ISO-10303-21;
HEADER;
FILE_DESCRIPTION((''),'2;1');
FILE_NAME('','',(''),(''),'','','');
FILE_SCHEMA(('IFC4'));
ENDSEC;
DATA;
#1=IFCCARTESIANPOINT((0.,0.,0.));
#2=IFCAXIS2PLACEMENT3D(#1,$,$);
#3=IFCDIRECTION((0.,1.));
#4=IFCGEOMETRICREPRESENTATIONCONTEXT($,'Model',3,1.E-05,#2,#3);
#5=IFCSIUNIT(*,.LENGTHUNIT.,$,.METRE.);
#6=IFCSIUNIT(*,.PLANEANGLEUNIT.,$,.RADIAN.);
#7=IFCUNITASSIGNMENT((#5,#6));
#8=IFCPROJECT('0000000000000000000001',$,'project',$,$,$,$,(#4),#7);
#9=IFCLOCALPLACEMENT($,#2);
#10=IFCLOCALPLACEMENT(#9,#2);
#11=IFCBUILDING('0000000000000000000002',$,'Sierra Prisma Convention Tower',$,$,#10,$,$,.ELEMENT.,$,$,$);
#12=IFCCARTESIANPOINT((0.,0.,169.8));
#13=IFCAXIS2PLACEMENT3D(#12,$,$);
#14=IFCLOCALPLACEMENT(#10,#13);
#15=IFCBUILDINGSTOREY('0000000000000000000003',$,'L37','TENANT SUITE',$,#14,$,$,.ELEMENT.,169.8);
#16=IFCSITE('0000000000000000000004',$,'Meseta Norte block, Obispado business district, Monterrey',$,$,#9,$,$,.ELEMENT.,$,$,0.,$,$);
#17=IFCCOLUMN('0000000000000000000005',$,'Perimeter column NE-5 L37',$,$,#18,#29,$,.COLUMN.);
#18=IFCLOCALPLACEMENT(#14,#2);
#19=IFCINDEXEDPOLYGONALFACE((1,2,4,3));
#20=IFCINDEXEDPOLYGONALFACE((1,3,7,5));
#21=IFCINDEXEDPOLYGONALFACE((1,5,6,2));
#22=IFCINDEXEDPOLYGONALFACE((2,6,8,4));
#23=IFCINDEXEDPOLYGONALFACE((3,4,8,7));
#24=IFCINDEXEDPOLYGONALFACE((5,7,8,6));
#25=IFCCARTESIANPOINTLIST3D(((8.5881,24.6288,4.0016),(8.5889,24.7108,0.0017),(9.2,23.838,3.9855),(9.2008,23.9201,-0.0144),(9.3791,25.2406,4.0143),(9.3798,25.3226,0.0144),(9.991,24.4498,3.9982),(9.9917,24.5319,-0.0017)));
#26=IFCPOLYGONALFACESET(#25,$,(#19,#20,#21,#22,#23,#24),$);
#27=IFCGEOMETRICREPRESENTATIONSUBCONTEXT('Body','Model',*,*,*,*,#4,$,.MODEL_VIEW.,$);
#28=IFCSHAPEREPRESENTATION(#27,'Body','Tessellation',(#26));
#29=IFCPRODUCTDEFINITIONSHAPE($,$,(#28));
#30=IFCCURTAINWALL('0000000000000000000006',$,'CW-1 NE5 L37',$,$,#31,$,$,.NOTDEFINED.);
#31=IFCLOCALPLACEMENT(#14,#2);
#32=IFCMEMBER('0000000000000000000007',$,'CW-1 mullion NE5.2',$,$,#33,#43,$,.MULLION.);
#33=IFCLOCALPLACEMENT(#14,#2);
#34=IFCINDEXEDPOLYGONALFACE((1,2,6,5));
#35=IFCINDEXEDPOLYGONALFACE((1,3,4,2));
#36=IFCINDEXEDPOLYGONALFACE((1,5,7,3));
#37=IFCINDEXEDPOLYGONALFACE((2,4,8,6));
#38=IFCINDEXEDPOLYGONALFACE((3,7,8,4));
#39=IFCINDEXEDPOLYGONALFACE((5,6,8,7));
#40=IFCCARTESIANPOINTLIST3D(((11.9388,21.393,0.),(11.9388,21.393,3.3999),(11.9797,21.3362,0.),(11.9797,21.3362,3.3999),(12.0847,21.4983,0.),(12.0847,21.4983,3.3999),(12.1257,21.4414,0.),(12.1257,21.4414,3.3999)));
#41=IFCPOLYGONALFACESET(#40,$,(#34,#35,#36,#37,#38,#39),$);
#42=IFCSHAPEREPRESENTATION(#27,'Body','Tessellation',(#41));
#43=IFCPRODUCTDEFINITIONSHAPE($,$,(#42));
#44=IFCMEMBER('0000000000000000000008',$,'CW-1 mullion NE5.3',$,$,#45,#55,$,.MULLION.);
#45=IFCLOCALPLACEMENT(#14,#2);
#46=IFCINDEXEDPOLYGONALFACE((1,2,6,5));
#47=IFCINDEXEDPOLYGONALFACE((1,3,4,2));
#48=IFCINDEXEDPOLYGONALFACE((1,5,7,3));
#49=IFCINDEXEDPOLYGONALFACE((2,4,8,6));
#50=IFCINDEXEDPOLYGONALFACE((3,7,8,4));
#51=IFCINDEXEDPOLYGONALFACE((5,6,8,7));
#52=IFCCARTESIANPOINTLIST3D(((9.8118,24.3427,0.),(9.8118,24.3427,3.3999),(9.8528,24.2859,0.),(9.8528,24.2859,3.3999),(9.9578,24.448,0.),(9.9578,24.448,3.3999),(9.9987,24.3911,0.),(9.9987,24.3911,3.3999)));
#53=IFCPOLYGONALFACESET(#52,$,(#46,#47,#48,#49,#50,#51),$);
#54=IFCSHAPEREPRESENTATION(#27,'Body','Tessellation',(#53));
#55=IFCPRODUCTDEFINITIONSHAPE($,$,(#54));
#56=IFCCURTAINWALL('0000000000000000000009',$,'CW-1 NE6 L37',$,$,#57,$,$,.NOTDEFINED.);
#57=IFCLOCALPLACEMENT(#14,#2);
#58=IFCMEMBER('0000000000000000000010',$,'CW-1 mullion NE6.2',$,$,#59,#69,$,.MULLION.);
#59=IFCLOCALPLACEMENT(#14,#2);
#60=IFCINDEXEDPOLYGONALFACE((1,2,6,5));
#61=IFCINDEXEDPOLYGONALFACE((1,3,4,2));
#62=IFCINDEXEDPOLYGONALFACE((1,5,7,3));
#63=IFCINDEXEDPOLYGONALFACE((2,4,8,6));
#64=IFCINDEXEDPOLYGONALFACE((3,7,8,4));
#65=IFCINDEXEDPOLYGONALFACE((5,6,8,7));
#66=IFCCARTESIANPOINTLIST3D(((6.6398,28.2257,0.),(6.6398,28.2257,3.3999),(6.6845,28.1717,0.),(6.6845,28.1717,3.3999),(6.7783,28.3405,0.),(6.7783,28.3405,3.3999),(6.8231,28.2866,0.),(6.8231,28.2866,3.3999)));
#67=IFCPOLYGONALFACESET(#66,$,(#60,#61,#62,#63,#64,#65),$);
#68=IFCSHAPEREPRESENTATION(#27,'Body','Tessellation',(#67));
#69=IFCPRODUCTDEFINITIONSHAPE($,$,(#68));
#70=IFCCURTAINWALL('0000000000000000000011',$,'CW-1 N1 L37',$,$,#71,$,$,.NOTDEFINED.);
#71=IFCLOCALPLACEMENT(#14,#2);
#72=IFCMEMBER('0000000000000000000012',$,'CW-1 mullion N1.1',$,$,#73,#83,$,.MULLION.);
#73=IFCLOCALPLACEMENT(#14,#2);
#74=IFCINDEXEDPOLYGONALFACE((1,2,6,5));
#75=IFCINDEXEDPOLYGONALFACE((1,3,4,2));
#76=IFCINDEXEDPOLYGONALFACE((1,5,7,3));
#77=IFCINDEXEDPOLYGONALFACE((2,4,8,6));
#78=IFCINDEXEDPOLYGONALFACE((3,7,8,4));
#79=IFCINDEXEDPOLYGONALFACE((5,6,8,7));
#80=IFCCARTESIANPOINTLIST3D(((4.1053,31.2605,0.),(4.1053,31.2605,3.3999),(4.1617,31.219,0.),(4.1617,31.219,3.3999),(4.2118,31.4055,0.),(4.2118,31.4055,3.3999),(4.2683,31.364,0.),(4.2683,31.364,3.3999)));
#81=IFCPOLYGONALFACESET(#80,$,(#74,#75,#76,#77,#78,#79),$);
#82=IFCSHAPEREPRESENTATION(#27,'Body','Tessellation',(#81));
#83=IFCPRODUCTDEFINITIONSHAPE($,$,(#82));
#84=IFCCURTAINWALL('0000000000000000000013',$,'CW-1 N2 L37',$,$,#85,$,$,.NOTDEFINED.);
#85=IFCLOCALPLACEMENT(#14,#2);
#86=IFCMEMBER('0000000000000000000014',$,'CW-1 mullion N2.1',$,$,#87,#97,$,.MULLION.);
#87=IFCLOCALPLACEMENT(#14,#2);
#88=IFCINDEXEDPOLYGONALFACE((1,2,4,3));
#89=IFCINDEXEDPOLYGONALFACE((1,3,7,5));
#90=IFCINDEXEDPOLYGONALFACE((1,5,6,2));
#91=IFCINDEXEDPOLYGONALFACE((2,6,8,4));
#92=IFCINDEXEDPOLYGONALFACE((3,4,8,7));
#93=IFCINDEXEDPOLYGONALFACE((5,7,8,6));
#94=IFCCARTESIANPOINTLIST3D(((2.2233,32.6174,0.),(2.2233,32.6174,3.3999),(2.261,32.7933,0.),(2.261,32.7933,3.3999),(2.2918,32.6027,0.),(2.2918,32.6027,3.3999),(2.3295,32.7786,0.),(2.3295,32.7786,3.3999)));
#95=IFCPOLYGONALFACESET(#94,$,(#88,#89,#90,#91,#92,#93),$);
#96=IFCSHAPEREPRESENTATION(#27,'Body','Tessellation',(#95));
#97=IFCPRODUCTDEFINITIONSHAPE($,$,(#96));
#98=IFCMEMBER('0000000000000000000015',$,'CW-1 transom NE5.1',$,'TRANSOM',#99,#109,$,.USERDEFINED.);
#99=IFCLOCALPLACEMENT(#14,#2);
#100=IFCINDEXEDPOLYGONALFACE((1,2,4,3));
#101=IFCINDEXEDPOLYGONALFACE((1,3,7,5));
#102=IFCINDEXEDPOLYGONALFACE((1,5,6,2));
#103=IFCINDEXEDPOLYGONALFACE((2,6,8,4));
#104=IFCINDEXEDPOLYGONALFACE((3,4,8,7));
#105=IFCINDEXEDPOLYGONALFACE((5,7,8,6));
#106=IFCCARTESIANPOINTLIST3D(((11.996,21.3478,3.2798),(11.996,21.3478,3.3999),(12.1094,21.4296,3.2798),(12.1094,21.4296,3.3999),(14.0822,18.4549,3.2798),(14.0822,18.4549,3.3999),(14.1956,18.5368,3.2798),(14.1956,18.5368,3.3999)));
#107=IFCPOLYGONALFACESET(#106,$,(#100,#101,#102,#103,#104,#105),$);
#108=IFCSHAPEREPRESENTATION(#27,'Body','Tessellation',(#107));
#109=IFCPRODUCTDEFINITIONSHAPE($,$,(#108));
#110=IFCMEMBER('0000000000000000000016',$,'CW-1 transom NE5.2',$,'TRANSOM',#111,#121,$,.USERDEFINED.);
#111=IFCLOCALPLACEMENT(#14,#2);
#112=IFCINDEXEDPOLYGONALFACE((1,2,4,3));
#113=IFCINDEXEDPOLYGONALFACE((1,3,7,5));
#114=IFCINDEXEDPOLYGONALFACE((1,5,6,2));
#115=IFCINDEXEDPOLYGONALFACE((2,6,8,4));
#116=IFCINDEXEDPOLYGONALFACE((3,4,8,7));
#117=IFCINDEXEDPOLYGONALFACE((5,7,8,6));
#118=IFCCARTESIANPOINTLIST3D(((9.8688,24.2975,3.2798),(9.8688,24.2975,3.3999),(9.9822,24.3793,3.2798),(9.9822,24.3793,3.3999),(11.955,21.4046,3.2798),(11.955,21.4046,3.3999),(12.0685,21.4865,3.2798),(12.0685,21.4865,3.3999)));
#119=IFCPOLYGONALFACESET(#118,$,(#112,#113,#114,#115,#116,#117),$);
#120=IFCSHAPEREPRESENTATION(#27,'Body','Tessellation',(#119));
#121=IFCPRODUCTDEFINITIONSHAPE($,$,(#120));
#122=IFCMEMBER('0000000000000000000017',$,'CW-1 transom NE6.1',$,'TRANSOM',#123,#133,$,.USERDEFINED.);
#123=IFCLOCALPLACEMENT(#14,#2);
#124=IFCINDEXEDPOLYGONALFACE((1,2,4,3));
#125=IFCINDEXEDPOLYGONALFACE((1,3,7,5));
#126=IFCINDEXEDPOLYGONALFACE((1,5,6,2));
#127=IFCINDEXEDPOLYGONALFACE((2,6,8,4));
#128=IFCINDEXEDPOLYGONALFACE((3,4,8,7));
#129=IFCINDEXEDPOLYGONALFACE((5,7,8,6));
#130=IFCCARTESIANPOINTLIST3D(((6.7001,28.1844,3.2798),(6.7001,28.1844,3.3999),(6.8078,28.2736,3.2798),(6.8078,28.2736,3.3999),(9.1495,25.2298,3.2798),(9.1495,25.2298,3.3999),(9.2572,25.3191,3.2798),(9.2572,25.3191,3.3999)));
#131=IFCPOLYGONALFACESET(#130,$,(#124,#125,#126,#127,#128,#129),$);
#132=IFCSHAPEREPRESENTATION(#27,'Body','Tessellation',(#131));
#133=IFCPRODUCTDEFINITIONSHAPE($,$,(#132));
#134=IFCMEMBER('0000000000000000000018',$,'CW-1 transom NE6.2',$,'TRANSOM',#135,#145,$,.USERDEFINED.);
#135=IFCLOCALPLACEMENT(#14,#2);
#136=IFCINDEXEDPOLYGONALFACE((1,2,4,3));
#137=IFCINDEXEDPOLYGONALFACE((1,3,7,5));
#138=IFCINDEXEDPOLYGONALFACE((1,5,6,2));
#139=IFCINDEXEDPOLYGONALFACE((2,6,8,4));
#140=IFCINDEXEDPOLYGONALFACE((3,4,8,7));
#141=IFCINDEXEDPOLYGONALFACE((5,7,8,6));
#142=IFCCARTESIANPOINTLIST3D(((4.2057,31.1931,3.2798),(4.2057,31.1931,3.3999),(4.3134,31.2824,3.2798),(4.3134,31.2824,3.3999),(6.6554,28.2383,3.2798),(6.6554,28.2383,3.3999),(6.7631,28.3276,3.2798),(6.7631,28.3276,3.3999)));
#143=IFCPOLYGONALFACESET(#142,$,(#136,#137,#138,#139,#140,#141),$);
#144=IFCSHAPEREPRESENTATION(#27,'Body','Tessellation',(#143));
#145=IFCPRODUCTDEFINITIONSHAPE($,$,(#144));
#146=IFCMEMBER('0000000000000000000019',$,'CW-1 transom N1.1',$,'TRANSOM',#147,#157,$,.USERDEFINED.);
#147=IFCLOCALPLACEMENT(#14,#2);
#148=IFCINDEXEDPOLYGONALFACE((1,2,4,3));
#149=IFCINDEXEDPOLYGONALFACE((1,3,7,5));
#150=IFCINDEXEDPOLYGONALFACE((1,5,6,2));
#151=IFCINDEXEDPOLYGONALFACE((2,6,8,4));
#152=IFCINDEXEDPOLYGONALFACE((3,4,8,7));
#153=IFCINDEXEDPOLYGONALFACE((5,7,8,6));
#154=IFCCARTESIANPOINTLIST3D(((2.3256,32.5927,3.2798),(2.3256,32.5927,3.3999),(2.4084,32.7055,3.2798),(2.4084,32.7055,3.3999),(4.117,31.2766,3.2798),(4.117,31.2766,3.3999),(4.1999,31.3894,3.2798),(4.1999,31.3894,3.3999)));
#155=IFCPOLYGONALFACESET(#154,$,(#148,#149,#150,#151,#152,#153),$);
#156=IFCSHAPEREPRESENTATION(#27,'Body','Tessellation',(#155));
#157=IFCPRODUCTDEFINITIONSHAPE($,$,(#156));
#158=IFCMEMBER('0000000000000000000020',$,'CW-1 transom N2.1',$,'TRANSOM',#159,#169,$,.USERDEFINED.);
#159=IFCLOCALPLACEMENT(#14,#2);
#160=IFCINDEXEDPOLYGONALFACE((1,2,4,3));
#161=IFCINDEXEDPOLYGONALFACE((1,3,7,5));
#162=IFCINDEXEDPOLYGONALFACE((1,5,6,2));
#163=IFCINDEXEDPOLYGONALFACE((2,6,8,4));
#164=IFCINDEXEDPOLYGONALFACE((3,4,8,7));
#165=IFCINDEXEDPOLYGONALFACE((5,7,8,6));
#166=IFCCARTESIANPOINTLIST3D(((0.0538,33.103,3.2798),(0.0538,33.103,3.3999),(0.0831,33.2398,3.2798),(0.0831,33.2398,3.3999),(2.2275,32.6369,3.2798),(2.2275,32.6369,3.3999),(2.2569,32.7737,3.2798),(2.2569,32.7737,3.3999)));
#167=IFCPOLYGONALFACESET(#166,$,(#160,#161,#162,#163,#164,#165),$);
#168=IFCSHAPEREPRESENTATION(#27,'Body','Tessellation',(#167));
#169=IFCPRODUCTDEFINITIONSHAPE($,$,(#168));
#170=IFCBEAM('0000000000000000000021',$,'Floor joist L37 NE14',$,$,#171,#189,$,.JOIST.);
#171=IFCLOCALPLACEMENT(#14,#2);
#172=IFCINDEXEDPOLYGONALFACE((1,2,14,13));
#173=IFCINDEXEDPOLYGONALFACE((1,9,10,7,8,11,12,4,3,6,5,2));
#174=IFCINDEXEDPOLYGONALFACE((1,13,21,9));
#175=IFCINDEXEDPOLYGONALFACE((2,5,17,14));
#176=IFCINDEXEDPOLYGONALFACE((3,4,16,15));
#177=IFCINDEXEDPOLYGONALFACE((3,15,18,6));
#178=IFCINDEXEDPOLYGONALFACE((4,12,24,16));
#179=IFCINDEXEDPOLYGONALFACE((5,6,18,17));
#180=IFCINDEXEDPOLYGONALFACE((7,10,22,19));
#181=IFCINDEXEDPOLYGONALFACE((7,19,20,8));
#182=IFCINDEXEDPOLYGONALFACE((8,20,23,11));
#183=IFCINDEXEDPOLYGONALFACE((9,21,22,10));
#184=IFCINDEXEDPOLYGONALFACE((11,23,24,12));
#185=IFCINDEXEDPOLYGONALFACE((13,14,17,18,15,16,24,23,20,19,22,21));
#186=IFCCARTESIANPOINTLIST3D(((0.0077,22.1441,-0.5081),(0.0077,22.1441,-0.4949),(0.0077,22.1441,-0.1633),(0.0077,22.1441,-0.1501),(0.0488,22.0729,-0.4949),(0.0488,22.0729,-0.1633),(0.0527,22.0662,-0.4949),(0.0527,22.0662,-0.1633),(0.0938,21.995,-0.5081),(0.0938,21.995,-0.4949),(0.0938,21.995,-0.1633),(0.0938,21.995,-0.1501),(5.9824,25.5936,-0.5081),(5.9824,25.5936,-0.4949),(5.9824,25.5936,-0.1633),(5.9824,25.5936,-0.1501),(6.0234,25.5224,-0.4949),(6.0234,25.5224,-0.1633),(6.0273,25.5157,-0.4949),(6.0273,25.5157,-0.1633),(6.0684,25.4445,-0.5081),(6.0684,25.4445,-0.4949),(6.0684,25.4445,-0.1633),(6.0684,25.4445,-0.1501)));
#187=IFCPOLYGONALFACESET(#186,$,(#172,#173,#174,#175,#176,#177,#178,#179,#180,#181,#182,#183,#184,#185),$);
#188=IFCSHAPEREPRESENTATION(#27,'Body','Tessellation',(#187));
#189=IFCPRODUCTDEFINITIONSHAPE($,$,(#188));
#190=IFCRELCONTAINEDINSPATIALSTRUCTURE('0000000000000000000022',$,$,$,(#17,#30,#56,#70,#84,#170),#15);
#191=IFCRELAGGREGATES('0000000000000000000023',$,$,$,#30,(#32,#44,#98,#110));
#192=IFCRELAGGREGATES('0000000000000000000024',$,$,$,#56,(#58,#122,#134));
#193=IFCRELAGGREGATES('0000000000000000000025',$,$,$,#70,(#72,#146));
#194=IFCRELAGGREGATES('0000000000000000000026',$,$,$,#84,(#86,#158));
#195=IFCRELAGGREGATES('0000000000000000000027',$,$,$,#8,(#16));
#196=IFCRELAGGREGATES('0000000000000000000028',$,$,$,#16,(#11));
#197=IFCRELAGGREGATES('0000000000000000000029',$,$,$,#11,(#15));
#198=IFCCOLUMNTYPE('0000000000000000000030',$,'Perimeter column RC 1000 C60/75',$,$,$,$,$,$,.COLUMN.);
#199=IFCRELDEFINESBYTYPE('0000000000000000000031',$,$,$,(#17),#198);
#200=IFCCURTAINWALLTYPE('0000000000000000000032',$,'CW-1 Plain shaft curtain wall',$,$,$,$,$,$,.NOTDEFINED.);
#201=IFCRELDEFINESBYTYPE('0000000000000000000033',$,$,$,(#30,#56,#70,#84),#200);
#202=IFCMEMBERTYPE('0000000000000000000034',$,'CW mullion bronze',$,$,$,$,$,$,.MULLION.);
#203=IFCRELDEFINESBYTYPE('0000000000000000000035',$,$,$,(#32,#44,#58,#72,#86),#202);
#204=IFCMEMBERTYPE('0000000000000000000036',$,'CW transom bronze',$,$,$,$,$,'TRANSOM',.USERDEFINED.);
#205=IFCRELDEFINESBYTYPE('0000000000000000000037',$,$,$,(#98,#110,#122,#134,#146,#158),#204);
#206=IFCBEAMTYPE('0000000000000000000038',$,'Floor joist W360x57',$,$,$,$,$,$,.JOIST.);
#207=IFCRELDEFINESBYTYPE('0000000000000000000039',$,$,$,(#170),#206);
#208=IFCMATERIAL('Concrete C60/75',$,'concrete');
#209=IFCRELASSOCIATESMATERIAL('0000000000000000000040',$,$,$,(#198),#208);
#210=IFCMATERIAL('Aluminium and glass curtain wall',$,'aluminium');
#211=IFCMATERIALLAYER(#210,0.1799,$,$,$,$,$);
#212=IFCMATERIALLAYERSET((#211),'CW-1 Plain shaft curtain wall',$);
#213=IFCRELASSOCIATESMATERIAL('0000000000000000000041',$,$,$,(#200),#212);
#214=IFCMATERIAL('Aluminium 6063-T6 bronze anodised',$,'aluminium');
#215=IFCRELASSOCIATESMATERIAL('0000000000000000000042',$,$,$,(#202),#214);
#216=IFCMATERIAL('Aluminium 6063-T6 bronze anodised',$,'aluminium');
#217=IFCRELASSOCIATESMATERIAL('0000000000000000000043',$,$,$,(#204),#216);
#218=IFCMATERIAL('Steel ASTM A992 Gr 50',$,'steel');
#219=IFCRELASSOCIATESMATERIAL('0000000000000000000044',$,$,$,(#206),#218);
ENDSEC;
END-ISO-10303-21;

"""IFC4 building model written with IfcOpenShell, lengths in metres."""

from ifc_helpers import new_model, si_unit, direction, frame, origin, origin_2d, place, context, subcontext, project, spatial, rectangle, i_section, extrude, material, layer, layer_set, material_profile, profile_set, type_object, element, aggregate, save


model = new_model("IFC4")

# Units and contexts
model_context = context("Model", 3, precision=1e-05, world=origin(), true_north=direction((0.0, 1.0)))
body_context = subcontext(model_context, "Body", "Model", "MODEL_VIEW")
ifc_project = project(units=[si_unit("LENGTHUNIT", "METRE"), si_unit("PLANEANGLEUNIT", "RADIAN")], contexts=[model_context])

# Site, building, storey
site_placement = place(None, origin())
site = spatial("IfcSite", under=ifc_project, at=site_placement, Name="Meseta Norte block, Obispado business district, Monterrey", CompositionType="ELEMENT", RefElevation=0.0)
building_placement = place(site_placement, origin())
building = spatial("IfcBuilding", under=site, at=building_placement, Name="Sierra Prisma Convention Tower", CompositionType="ELEMENT")
storey_placement = place(building_placement, frame((0.0, 0.0, 169.8)))
storey = spatial("IfcBuildingStorey", under=building, at=storey_placement, Name="L37", Description="TENANT SUITE", CompositionType="ELEMENT", Elevation=169.8)

# Column
ifc_material_1 = material(Name="Concrete C60/75", Category="concrete")
ifc_material_profile_1 = material_profile(ifc_material_1, rectangle(XDim=1.0, YDim=1.0, at=origin_2d()), Name="Perimeter column RC 1000 C60/75")
ifc_profile_set_1 = profile_set([ifc_material_profile_1], Name="Concrete C60/75")
column_type = type_object("IfcColumnType", Name="Perimeter column RC 1000 C60/75", PredefinedType="COLUMN", material=ifc_profile_set_1)
column_placement = place(storey_placement, frame((9.2903, 24.6213, 0.0), z_axis=(-0.000183, -0.020504, 0.99979), x_axis=(-0.611916, 0.790758, 0.016105)))
element("IfcColumn", 1, at=column_placement, inside=storey, type_object=column_type, Name="Perimeter column NE-5 L37", PredefinedType="COLUMN", context=body_context, shape_type="SweptSolid", body=[
    extrude(rectangle(XDim=1.0, YDim=1.0, at=origin_2d()), origin(), (0.0, 0.0, 1.0), 4.0007),
])

# Curtain wall, members
ifc_material_2 = material(Name="Aluminium and glass curtain wall", Category="aluminium")
ifc_layer_1 = layer(ifc_material_2, 0.1799)
ifc_layer_set_1 = layer_set([ifc_layer_1], Name="CW-1 Plain shaft curtain wall")
curtain_wall_type = type_object("IfcCurtainWallType", Name="CW-1 Plain shaft curtain wall", PredefinedType="NOTDEFINED", material=ifc_layer_set_1)
curtain_wall_1_placement = place(storey_placement, origin())
curtain_wall_1 = element("IfcCurtainWall", 2, at=curtain_wall_1_placement, inside=storey, type_object=curtain_wall_type, Name="CW-1 NE5 L37", PredefinedType="NOTDEFINED")
ifc_material_3 = material(Name="Aluminium 6063-T6 bronze anodised", Category="aluminium")
ifc_material_profile_2 = material_profile(ifc_material_3, rectangle(XDim=0.1799, YDim=0.0701, at=origin_2d()), Name="ALU MULLION 70x180")
ifc_profile_set_2 = profile_set([ifc_material_profile_2], Name="Aluminium 6063-T6 bronze anodised")
member_type_1 = type_object("IfcMemberType", Name="CW mullion bronze", PredefinedType="MULLION", material=ifc_profile_set_2)
member_1_placement = place(storey_placement, frame((12.0322, 21.4172, 0.0), z_axis=(0.0, 0.0, 1.0), x_axis=(-0.811103, -0.584903, 0.0)))
member_1 = element("IfcMember", 3, at=member_1_placement, type_object=member_type_1, Name="CW-1 mullion NE5.2", PredefinedType="MULLION", context=body_context, shape_type="SweptSolid", body=[
    extrude(rectangle(XDim=0.1799, YDim=0.0701, at=origin_2d()), origin(), (0.0, 0.0, 1.0), 3.3999),
])
member_2_placement = place(storey_placement, frame((9.9053, 24.3669, 0.0), z_axis=(0.0, 0.0, 1.0), x_axis=(-0.811103, -0.584903, 0.0)))
member_2 = element("IfcMember", 4, at=member_2_placement, type_object=member_type_1, Name="CW-1 mullion NE5.3", PredefinedType="MULLION", context=body_context, shape_type="SweptSolid", body=[
    extrude(rectangle(XDim=0.1799, YDim=0.0701, at=origin_2d()), origin(), (0.0, 0.0, 1.0), 3.3999),
])

# Curtain walls, members
curtain_wall_2_placement = place(storey_placement, origin())
curtain_wall_2 = element("IfcCurtainWall", 5, at=curtain_wall_2_placement, inside=storey, type_object=curtain_wall_type, Name="CW-1 NE6 L37", PredefinedType="NOTDEFINED")
member_3_placement = place(storey_placement, frame((6.7314, 28.2561, 0.0), z_axis=(0.0, 0.0, 1.0), x_axis=(-0.769843, -0.638234, 0.0)))
member_3 = element("IfcMember", 6, at=member_3_placement, type_object=member_type_1, Name="CW-1 mullion NE6.2", PredefinedType="MULLION", context=body_context, shape_type="SweptSolid", body=[
    extrude(rectangle(XDim=0.1799, YDim=0.0701, at=origin_2d()), origin(), (0.0, 0.0, 1.0), 3.3999),
])
curtain_wall_3_placement = place(storey_placement, origin())
curtain_wall_3 = element("IfcCurtainWall", 7, at=curtain_wall_3_placement, inside=storey, type_object=curtain_wall_type, Name="CW-1 N1 L37", PredefinedType="NOTDEFINED")
member_4_placement = place(storey_placement, frame((4.1868, 31.3123, 0.0), z_axis=(0.0, 0.0, 1.0), x_axis=(-0.592095, -0.805868, 0.0)))
member_4 = element("IfcMember", 8, at=member_4_placement, type_object=member_type_1, Name="CW-1 mullion N1.1", PredefinedType="MULLION", context=body_context, shape_type="SweptSolid", body=[
    extrude(rectangle(XDim=0.1799, YDim=0.0701, at=origin_2d()), origin(), (0.0, 0.0, 1.0), 3.3999),
])
curtain_wall_4_placement = place(storey_placement, origin())
curtain_wall_4 = element("IfcCurtainWall", 9, at=curtain_wall_4_placement, inside=storey, type_object=curtain_wall_type, Name="CW-1 N2 L37", PredefinedType="NOTDEFINED")
member_5_placement = place(storey_placement, frame((2.2764, 32.698, 0.0), z_axis=(0.0, 0.0, 1.0), x_axis=(-0.209652, -0.977776, 0.0)))
member_5 = element("IfcMember", 10, at=member_5_placement, type_object=member_type_1, Name="CW-1 mullion N2.1", PredefinedType="MULLION", context=body_context, shape_type="SweptSolid", body=[
    extrude(rectangle(XDim=0.1799, YDim=0.0701, at=origin_2d()), origin(), (0.0, 0.0, 1.0), 3.3999),
])

# Members
ifc_material_4 = material(Name="Aluminium 6063-T6 bronze anodised", Category="aluminium")
ifc_material_profile_3 = material_profile(ifc_material_4, rectangle(XDim=0.1399, YDim=0.1201, at=origin_2d()), Name="ALU TRANSOM 120x140")
ifc_profile_set_3 = profile_set([ifc_material_profile_3], Name="Aluminium 6063-T6 bronze anodised")
member_type_2 = type_object("IfcMemberType", Name="CW transom bronze", ElementType="TRANSOM", PredefinedType="USERDEFINED", material=ifc_profile_set_3)
member_6_placement = place(storey_placement, frame((14.1389, 18.4958, 3.3398), z_axis=(-0.584923, 0.811089, 0.0), x_axis=(-0.811089, -0.584923, 0.0)))
member_6 = element("IfcMember", 11, at=member_6_placement, type_object=member_type_2, Name="CW-1 transom NE5.1", ObjectType="TRANSOM", PredefinedType="USERDEFINED", context=body_context, shape_type="SweptSolid", body=[
    extrude(rectangle(XDim=0.1399, YDim=0.1201, at=origin_2d()), origin(), (0.0, 0.0, 1.0), 3.5667),
])
member_7_placement = place(storey_placement, frame((12.0117, 21.4456, 3.3398), z_axis=(-0.584923, 0.811089, 0.0), x_axis=(-0.811089, -0.584923, 0.0)))
member_7 = element("IfcMember", 12, at=member_7_placement, type_object=member_type_2, Name="CW-1 transom NE5.2", ObjectType="TRANSOM", PredefinedType="USERDEFINED", context=body_context, shape_type="SweptSolid", body=[
    extrude(rectangle(XDim=0.1399, YDim=0.1201, at=origin_2d()), origin(), (0.0, 0.0, 1.0), 3.5667),
])
member_8_placement = place(storey_placement, frame((9.2034, 25.2744, 3.3398), z_axis=(-0.63823, 0.769846, 0.0), x_axis=(-0.769846, -0.63823, 0.0)))
member_8 = element("IfcMember", 13, at=member_8_placement, type_object=member_type_2, Name="CW-1 transom NE6.1", ObjectType="TRANSOM", PredefinedType="USERDEFINED", context=body_context, shape_type="SweptSolid", body=[
    extrude(rectangle(XDim=0.1399, YDim=0.1201, at=origin_2d()), origin(), (0.0, 0.0, 1.0), 3.8379),
])
member_9_placement = place(storey_placement, frame((6.7092, 28.283, 3.3398), z_axis=(-0.638237, 0.76984, 0.0), x_axis=(-0.76984, -0.638237, 0.0)))
member_9 = element("IfcMember", 14, at=member_9_placement, type_object=member_type_2, Name="CW-1 transom NE6.2", ObjectType="TRANSOM", PredefinedType="USERDEFINED", context=body_context, shape_type="SweptSolid", body=[
    extrude(rectangle(XDim=0.1399, YDim=0.1201, at=origin_2d()), origin(), (0.0, 0.0, 1.0), 3.8381),
])
member_10_placement = place(storey_placement, frame((4.1584, 31.333, 3.3398), z_axis=(-0.805891, 0.592063, 0.0), x_axis=(-0.592063, -0.805891, 0.0)))
member_10 = element("IfcMember", 15, at=member_10_placement, type_object=member_type_2, Name="CW-1 transom N1.1", ObjectType="TRANSOM", PredefinedType="USERDEFINED", context=body_context, shape_type="SweptSolid", body=[
    extrude(rectangle(XDim=0.1399, YDim=0.1201, at=origin_2d()), origin(), (0.0, 0.0, 1.0), 2.2229),
])
member_11_placement = place(storey_placement, frame((2.2422, 32.7053, 3.3398), z_axis=(-0.97778, 0.209634, 0.0), x_axis=(-0.209634, -0.97778, 0.0)))
member_11 = element("IfcMember", 16, at=member_11_placement, type_object=member_type_2, Name="CW-1 transom N2.1", ObjectType="TRANSOM", PredefinedType="USERDEFINED", context=body_context, shape_type="SweptSolid", body=[
    extrude(rectangle(XDim=0.1399, YDim=0.1201, at=origin_2d()), origin(), (0.0, 0.0, 1.0), 2.2231),
])

# Beam
ifc_material_5 = material(Name="Steel ASTM A992 Gr 50", Category="steel")
ifc_material_profile_4 = material_profile(ifc_material_5, i_section(OverallWidth=0.1721, OverallDepth=0.3579, WebThickness=0.0078, FlangeThickness=0.0132, at=origin_2d()), Name="W360x57")
ifc_profile_set_4 = profile_set([ifc_material_profile_4], Name="Steel ASTM A992 Gr 50")
beam_type_1 = type_object("IfcBeamType", Name="Floor joist W360x57", PredefinedType="JOIST", material=ifc_profile_set_4)
beam_1_placement = place(storey_placement, frame((6.0254, 25.519, -0.3291), z_axis=(-0.866024, -0.500002, 0.0), x_axis=(0.500002, -0.866024, 0.0)))
element("IfcBeam", 17, at=beam_1_placement, inside=storey, type_object=beam_type_1, Name="Floor joist L37 NE14", PredefinedType="JOIST", context=body_context, shape_type="SweptSolid", body=[
    extrude(i_section(OverallWidth=0.1721, OverallDepth=0.3579, WebThickness=0.0078, FlangeThickness=0.0132, at=origin_2d()), origin(), (0.0, 0.0, 1.0), 6.8989),
])

aggregate(curtain_wall_1, [member_1, member_2, member_6, member_7])
aggregate(curtain_wall_2, [member_3, member_8, member_9])
aggregate(curtain_wall_3, [member_4, member_10])
aggregate(curtain_wall_4, [member_5, member_11])

save(model, "model.ifc")
